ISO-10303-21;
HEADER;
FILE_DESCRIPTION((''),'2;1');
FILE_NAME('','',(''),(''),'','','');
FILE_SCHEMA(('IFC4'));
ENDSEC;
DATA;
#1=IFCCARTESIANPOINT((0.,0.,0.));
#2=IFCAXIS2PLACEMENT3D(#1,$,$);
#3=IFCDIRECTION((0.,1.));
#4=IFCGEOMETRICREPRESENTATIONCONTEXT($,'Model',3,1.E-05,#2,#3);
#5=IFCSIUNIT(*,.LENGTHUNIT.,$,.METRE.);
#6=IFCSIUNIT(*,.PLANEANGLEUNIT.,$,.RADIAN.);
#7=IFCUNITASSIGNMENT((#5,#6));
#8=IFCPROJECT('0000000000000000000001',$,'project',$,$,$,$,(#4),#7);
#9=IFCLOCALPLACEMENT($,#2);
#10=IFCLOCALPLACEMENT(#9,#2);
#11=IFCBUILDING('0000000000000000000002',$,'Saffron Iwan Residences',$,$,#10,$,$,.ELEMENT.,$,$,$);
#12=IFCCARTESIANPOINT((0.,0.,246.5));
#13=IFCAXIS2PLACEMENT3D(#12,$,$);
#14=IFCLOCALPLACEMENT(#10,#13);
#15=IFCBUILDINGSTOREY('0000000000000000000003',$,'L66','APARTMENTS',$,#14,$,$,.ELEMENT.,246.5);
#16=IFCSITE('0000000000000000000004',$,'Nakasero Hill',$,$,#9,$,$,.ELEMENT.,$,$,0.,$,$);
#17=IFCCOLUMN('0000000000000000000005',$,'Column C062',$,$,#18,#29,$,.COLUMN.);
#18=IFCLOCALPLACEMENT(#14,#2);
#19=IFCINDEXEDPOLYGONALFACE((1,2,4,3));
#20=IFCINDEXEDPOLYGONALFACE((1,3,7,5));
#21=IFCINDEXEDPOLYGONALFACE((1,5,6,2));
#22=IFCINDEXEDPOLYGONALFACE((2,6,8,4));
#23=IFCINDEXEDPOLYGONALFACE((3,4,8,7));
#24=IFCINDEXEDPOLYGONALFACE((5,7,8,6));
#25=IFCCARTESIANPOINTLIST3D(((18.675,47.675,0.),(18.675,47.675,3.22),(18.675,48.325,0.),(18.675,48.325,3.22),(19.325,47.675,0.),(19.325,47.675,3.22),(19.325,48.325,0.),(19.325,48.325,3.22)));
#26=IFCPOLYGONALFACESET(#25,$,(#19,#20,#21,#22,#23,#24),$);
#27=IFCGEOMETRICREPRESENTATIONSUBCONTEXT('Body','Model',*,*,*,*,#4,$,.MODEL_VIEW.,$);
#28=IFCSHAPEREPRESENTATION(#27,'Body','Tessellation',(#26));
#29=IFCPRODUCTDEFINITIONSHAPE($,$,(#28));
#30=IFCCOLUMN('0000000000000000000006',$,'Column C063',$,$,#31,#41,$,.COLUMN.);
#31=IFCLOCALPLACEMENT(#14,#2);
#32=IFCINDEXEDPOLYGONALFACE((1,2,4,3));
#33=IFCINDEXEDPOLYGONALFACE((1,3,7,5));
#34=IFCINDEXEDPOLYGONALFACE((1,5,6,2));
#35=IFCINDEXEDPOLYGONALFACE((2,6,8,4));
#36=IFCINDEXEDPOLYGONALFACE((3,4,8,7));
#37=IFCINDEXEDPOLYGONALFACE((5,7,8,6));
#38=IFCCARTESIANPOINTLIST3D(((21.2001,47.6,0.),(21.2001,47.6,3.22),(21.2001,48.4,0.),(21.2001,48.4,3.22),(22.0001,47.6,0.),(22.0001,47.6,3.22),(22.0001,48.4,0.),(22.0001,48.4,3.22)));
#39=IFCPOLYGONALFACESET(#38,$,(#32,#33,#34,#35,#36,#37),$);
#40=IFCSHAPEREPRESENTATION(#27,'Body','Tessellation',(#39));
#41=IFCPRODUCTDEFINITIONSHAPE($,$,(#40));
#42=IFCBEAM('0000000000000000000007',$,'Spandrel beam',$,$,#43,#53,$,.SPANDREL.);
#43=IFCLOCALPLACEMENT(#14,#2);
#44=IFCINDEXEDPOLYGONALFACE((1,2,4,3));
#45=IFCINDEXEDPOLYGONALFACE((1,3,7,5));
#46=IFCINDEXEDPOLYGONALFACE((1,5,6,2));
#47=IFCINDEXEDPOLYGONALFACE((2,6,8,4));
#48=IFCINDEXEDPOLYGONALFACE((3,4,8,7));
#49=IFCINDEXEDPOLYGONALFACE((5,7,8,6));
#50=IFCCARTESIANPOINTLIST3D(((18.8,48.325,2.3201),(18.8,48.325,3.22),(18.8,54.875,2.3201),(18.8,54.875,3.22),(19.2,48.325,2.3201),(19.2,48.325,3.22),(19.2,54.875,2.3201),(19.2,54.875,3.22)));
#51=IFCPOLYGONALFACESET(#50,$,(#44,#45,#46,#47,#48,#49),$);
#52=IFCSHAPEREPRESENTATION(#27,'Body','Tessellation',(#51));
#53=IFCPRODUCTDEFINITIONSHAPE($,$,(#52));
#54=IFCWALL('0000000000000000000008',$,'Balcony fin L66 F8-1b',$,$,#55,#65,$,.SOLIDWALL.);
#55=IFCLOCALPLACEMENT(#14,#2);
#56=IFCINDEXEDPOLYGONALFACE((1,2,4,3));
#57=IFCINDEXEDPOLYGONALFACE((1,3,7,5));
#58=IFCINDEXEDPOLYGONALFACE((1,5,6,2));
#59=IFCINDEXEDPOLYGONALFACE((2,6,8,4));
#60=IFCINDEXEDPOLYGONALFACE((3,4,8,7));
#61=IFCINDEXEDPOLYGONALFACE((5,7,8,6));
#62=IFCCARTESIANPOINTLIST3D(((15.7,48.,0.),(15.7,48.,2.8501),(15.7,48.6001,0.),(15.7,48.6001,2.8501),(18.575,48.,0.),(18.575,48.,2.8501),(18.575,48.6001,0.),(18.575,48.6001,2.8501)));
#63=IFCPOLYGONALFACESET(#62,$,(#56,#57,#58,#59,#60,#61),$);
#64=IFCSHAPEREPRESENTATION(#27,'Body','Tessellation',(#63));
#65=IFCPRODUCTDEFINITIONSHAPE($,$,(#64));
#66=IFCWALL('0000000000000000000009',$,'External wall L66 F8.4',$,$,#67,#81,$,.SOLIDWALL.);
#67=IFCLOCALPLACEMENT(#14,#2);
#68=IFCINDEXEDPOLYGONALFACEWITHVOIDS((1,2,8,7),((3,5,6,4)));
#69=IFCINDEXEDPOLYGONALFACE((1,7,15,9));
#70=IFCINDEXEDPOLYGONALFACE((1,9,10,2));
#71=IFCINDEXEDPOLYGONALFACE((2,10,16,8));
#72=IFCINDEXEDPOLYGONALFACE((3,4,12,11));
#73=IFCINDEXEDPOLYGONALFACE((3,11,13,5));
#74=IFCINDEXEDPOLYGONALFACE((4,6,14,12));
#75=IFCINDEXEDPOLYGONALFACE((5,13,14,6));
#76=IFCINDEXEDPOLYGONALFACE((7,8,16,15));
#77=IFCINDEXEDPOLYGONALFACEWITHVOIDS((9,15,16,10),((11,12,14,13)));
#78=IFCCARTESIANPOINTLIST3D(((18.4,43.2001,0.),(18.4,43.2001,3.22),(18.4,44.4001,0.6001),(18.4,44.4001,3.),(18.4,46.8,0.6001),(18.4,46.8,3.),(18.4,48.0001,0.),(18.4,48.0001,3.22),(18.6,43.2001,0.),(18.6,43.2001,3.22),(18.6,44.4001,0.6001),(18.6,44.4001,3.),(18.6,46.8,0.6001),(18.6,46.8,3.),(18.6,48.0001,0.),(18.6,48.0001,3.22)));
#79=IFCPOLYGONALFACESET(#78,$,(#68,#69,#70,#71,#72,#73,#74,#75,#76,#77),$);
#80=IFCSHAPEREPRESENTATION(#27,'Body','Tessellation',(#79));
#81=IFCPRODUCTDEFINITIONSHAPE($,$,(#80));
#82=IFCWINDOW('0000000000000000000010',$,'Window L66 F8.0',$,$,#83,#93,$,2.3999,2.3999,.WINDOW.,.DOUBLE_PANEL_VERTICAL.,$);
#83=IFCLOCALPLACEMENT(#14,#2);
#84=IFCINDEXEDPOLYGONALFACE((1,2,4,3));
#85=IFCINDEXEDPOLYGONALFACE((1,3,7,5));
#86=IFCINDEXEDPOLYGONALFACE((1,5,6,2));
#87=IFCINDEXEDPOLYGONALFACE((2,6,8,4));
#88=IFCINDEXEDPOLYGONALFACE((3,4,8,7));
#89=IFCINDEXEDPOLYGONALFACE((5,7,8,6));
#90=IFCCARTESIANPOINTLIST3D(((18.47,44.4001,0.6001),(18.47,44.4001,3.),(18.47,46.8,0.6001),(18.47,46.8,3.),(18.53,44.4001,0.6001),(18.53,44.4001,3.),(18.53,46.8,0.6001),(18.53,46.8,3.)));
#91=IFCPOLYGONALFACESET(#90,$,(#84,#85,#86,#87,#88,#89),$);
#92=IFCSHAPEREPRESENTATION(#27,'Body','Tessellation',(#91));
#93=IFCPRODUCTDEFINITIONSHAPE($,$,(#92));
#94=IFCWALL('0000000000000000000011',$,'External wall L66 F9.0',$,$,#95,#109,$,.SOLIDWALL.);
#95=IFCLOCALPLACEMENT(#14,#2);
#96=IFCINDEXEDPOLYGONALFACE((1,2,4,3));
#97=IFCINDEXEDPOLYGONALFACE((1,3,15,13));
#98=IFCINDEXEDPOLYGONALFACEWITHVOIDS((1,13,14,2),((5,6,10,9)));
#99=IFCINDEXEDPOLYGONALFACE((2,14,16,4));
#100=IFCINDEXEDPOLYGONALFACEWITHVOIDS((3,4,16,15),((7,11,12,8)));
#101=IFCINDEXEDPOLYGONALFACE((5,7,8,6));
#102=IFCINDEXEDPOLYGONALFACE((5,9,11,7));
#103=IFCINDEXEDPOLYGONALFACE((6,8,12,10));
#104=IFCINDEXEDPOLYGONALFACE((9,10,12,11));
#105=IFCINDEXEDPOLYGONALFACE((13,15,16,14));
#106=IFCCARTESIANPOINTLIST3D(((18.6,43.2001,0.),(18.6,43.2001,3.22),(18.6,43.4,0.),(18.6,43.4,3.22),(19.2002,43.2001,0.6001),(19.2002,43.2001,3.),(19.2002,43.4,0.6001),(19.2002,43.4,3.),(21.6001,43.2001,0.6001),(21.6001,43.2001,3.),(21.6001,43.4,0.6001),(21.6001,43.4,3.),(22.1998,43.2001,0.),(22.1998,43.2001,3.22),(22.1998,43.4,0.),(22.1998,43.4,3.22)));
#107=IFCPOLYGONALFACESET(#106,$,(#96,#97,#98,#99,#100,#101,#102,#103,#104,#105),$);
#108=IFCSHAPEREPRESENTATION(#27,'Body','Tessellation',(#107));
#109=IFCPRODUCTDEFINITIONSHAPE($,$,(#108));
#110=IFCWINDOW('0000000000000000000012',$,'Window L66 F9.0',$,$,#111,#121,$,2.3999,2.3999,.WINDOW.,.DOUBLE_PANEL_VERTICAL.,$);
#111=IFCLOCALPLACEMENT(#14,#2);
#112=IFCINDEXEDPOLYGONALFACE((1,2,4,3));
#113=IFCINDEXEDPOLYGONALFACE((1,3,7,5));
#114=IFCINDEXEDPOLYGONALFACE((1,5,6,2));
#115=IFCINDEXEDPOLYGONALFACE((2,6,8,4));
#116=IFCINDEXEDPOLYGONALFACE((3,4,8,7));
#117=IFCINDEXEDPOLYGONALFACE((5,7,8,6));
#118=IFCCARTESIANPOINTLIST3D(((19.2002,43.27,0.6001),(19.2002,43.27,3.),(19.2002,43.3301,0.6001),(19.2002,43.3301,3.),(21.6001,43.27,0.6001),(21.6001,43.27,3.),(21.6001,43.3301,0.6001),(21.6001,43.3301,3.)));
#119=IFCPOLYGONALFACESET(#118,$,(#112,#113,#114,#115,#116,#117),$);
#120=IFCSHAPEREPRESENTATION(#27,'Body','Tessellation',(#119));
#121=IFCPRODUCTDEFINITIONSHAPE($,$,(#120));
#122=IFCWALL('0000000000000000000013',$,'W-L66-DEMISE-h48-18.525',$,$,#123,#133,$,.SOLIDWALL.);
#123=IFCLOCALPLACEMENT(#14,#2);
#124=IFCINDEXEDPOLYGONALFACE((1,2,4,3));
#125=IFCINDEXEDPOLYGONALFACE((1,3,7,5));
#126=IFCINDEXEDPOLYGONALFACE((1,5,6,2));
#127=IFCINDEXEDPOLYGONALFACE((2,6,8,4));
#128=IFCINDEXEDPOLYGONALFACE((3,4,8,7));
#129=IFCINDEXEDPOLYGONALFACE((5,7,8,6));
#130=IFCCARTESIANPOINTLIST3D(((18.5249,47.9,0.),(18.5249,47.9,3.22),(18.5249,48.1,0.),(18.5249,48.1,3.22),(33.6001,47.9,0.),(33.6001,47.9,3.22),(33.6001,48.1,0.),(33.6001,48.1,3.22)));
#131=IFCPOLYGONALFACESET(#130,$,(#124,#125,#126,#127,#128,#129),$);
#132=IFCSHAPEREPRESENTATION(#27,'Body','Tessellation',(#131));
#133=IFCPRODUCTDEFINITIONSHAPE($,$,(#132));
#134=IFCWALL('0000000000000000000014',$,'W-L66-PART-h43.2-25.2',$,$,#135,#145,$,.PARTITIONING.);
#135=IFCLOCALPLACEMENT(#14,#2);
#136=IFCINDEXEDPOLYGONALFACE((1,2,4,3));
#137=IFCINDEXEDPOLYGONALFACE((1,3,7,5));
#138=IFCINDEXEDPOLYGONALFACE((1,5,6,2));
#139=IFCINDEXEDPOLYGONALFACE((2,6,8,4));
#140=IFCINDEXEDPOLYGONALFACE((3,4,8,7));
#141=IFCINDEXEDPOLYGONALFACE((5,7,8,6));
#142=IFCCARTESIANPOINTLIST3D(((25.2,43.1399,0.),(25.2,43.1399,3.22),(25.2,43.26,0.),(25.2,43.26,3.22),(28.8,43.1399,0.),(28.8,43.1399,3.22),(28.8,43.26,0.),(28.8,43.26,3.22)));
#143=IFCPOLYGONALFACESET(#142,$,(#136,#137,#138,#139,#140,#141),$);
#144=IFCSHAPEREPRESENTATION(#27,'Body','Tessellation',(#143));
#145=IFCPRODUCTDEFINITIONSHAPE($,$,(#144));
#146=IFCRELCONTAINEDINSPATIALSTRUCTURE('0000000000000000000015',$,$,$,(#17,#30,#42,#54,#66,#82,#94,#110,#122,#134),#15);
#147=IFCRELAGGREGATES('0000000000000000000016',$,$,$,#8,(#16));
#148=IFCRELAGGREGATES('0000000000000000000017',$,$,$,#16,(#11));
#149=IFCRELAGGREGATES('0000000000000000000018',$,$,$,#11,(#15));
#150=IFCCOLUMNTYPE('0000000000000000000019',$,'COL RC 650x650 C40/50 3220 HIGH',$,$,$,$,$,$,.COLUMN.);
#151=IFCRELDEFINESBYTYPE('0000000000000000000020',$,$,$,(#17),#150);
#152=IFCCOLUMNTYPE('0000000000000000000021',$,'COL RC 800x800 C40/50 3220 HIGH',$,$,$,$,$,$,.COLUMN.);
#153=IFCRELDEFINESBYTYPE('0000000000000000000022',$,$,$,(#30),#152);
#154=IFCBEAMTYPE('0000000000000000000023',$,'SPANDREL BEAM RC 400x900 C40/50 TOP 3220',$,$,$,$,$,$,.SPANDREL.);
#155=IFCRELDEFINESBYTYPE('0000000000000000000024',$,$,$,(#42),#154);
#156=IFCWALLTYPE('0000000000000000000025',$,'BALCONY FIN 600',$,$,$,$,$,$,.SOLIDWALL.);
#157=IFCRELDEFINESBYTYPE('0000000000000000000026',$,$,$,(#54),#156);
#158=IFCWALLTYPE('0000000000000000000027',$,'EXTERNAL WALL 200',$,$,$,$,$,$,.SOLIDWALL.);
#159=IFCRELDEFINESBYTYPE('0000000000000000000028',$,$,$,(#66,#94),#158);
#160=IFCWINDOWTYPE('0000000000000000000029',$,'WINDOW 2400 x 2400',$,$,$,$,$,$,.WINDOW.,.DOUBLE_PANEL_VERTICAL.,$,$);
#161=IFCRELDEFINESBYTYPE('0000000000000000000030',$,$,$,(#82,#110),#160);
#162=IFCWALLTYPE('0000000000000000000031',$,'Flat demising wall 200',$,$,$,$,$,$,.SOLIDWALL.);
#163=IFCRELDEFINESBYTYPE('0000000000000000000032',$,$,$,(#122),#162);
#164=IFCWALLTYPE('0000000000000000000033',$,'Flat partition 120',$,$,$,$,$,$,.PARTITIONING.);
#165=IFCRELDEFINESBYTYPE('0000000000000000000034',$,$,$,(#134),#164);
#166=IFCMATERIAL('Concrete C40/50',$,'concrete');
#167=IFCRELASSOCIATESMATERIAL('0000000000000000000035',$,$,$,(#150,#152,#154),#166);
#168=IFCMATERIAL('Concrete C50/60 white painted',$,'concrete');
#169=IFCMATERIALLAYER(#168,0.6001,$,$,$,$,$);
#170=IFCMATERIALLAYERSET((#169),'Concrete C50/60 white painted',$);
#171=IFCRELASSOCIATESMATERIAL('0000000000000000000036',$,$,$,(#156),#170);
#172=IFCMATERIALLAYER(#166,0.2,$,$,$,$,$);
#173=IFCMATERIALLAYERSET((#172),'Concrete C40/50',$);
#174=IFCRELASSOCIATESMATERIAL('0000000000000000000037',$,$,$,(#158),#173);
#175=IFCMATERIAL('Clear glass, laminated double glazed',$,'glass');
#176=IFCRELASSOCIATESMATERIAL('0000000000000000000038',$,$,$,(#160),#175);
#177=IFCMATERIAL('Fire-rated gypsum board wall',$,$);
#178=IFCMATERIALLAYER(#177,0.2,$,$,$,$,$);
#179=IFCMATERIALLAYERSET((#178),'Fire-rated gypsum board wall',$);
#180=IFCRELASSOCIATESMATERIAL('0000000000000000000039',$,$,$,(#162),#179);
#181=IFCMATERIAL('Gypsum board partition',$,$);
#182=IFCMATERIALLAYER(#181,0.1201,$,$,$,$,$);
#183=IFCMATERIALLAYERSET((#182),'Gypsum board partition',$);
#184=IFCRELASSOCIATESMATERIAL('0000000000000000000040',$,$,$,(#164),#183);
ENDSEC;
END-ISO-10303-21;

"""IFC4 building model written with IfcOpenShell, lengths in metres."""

from ifc_helpers import new_model, si_unit, direction, frame, frame_2d, origin, origin_2d, place, context, subcontext, project, spatial, rectangle, extrude, source, transform, mapped, material, layer, layer_set, material_profile, profile_set, type_object, element, fill, save


model = new_model("IFC4")

# Units and contexts
model_context = context("Model", 3, precision=1e-05, world=origin(), true_north=direction((0.0, 1.0)))
body_context = subcontext(model_context, "Body", "Model", "MODEL_VIEW")
ifc_project = project(units=[si_unit("LENGTHUNIT", "METRE"), si_unit("PLANEANGLEUNIT", "RADIAN")], contexts=[model_context])

# Site, building, storey
site_placement = place(None, origin())
site = spatial("IfcSite", under=ifc_project, at=site_placement, Name="Nakasero Hill", CompositionType="ELEMENT", RefElevation=0.0)
building_placement = place(site_placement, origin())
building = spatial("IfcBuilding", under=site, at=building_placement, Name="Saffron Iwan Residences", CompositionType="ELEMENT")
storey_placement = place(building_placement, frame((0.0, 0.0, 246.5)))
storey = spatial("IfcBuildingStorey", under=building, at=storey_placement, Name="L66", Description="APARTMENTS", CompositionType="ELEMENT", Elevation=246.5)

# Columns
ifc_material_1 = material(Name="Concrete C40/50", Category="concrete")
ifc_material_profile_1 = material_profile(ifc_material_1, rectangle(XDim=0.6499, YDim=0.6499, at=origin_2d()), Name="RC 650x650")
ifc_profile_set_1 = profile_set([ifc_material_profile_1], Name="Concrete C40/50")
column_type_1 = type_object("IfcColumnType", Name="COL RC 650x650 C40/50 3220 HIGH", PredefinedType="COLUMN", material=ifc_profile_set_1)
shared_shape_1 = source(origin(), body_context, "Body", "SweptSolid", [
    extrude(rectangle(XDim=0.6499, YDim=0.6499, at=origin_2d()), origin(), (0.0, 0.0, 1.0), 3.22),
])
column_1_placement = place(storey_placement, frame((19.0, 48.0, 0.0), z_axis=(0.0, 0.0, 1.0), x_axis=(1.0, 0.0, 0.0)))
element("IfcColumn", 1, at=column_1_placement, inside=storey, type_object=column_type_1, Name="Column C062", PredefinedType="COLUMN", context=body_context, shape_type="MappedRepresentation", body=[
    mapped(shared_shape_1, transform((0.0, 0.0, 0.0))),
])
ifc_material_profile_2 = material_profile(ifc_material_1, rectangle(XDim=0.8, YDim=0.8, at=origin_2d()), Name="RC 800x800")
ifc_profile_set_2 = profile_set([ifc_material_profile_2], Name="Concrete C40/50")
column_type_2 = type_object("IfcColumnType", Name="COL RC 800x800 C40/50 3220 HIGH", PredefinedType="COLUMN", material=ifc_profile_set_2)
shared_shape_2 = source(origin(), body_context, "Body", "SweptSolid", [
    extrude(rectangle(XDim=0.8, YDim=0.8, at=origin_2d()), origin(), (0.0, 0.0, 1.0), 3.22),
])
column_2_placement = place(storey_placement, frame((21.6001, 48.0, 0.0), z_axis=(0.0, 0.0, 1.0), x_axis=(1.0, 0.0, 0.0)))
element("IfcColumn", 2, at=column_2_placement, inside=storey, type_object=column_type_2, Name="Column C063", PredefinedType="COLUMN", context=body_context, shape_type="MappedRepresentation", body=[
    mapped(shared_shape_2, transform((0.0, 0.0, 0.0))),
])

# Beam
ifc_material_profile_3 = material_profile(ifc_material_1, rectangle(XDim=0.3999, YDim=0.8999, at=origin_2d()), Name="RC 400x900")
ifc_profile_set_3 = profile_set([ifc_material_profile_3], Name="Concrete C40/50")
beam_type = type_object("IfcBeamType", Name="SPANDREL BEAM RC 400x900 C40/50 TOP 3220", PredefinedType="SPANDREL", material=ifc_profile_set_3)
shared_shape_3 = source(origin(), body_context, "Body", "SweptSolid", [
    extrude(rectangle(XDim=0.3999, YDim=0.8999, at=origin_2d()), origin(), (0.0, 0.0, 1.0), 6.55),
])
beam_placement = place(storey_placement, frame((19.0, 48.325, 2.77), z_axis=(0.0, 1.0, 0.0), x_axis=(-1.0, 0.0, 0.0)))
element("IfcBeam", 3, at=beam_placement, inside=storey, type_object=beam_type, Name="Spandrel beam", PredefinedType="SPANDREL", context=body_context, shape_type="MappedRepresentation", body=[
    mapped(shared_shape_3, transform((0.0, 0.0, 0.0))),
])

# Wall
ifc_material_2 = material(Name="Concrete C50/60 white painted", Category="concrete")
ifc_layer_1 = layer(ifc_material_2, 0.6001)
ifc_layer_set_1 = layer_set([ifc_layer_1], Name="Concrete C50/60 white painted")
wall_type_1 = type_object("IfcWallType", Name="BALCONY FIN 600", PredefinedType="SOLIDWALL", material=ifc_layer_set_1)
wall_1_placement = place(storey_placement, frame((18.575, 48.3, 0.0), z_axis=(0.0, 0.0, 1.0), x_axis=(-1.0, 0.0, 0.0)))
element("IfcWall", 4, at=wall_1_placement, inside=storey, type_object=wall_type_1, Name="Balcony fin L66 F8-1b", PredefinedType="SOLIDWALL", context=body_context, shape_type="SweptSolid", body=[
    extrude(rectangle(XDim=2.875, YDim=0.6001, at=frame_2d((1.4375, 0.0))), origin(), (0.0, 0.0, 1.0), 2.8501),
])

# Walls, openings, windows
ifc_layer_2 = layer(ifc_material_1, 0.2)
ifc_layer_set_2 = layer_set([ifc_layer_2], Name="Concrete C40/50")
wall_type_2 = type_object("IfcWallType", Name="EXTERNAL WALL 200", PredefinedType="SOLIDWALL", material=ifc_layer_set_2)
wall_2_placement = place(storey_placement, frame((18.5, 48.0, 0.0), z_axis=(0.0, 0.0, 1.0), x_axis=(0.0, -1.0, 0.0)))
wall_2 = element("IfcWall", 5, at=wall_2_placement, inside=storey, type_object=wall_type_2, Name="External wall L66 F8.4", PredefinedType="SOLIDWALL", context=body_context, shape_type="SweptSolid", body=[
    extrude(rectangle(XDim=4.8, YDim=0.2, at=frame_2d((2.3999, 0.0))), origin(), (0.0, 0.0, 1.0), 3.22),
])
opening_1_placement = place(wall_2_placement, frame((1.2, 0.0, 0.6001)))
opening_1 = element("IfcOpeningElement", 6, at=opening_1_placement, cuts=wall_2, PredefinedType="OPENING", context=body_context, shape_type="SweptSolid", body=[
    extrude(rectangle(XDim=2.3999, YDim=2.3999, at=frame_2d((1.2, 1.2))), frame((0.0, 0.1099, 0.0), z_axis=(0.0, -1.0, 0.0), x_axis=(1.0, 0.0, 0.0)), (0.0, 0.0, 1.0), 0.22),
])
ifc_material_3 = material(Name="Clear glass, laminated double glazed", Category="glass")
window_type = type_object("IfcWindowType", Name="WINDOW 2400 x 2400", PartitioningType="DOUBLE_PANEL_VERTICAL", PredefinedType="WINDOW", material=ifc_material_3)
window_1_placement = place(opening_1_placement, origin())
window_1 = element("IfcWindow", 7, at=window_1_placement, inside=storey, type_object=window_type, Name="Window L66 F8.0", OverallHeight=2.3999, OverallWidth=2.3999, PartitioningType="DOUBLE_PANEL_VERTICAL", PredefinedType="WINDOW", context=body_context, shape_type="SweptSolid", body=[
    extrude(rectangle(XDim=2.3999, YDim=2.3999, at=frame_2d((1.2, 1.2))), frame((0.0, 0.03, 0.0), z_axis=(0.0, -1.0, 0.0), x_axis=(1.0, 0.0, 0.0)), (0.0, 0.0, 1.0), 0.0601),
])
fill(opening_1, window_1)
wall_3_placement = place(storey_placement, frame((18.6001, 43.3, 0.0), z_axis=(0.0, 0.0, 1.0), x_axis=(1.0, 0.0, 0.0)))
wall_3 = element("IfcWall", 8, at=wall_3_placement, inside=storey, type_object=wall_type_2, Name="External wall L66 F9.0", PredefinedType="SOLIDWALL", context=body_context, shape_type="SweptSolid", body=[
    extrude(rectangle(XDim=3.5999, YDim=0.2, at=frame_2d((1.7998, 0.0))), origin(), (0.0, 0.0, 1.0), 3.22),
])
opening_2_placement = place(wall_3_placement, frame((0.6001, 0.0, 0.6001)))
opening_2 = element("IfcOpeningElement", 9, at=opening_2_placement, cuts=wall_3, PredefinedType="OPENING", context=body_context, shape_type="SweptSolid", body=[
    extrude(rectangle(XDim=2.3999, YDim=2.3999, at=frame_2d((1.2, 1.2))), frame((0.0, 0.1099, 0.0), z_axis=(0.0, -1.0, 0.0), x_axis=(1.0, 0.0, 0.0)), (0.0, 0.0, 1.0), 0.22),
])
window_2_placement = place(opening_2_placement, origin())
window_2 = element("IfcWindow", 10, at=window_2_placement, inside=storey, type_object=window_type, Name="Window L66 F9.0", OverallHeight=2.3999, OverallWidth=2.3999, PartitioningType="DOUBLE_PANEL_VERTICAL", PredefinedType="WINDOW", context=body_context, shape_type="SweptSolid", body=[
    extrude(rectangle(XDim=2.3999, YDim=2.3999, at=frame_2d((1.2, 1.2))), frame((0.0, 0.03, 0.0), z_axis=(0.0, -1.0, 0.0), x_axis=(1.0, 0.0, 0.0)), (0.0, 0.0, 1.0), 0.0601),
])
fill(opening_2, window_2)

# Walls
ifc_material_4 = material(Name="Fire-rated gypsum board wall")
ifc_layer_3 = layer(ifc_material_4, 0.2)
ifc_layer_set_3 = layer_set([ifc_layer_3], Name="Fire-rated gypsum board wall")
wall_type_3 = type_object("IfcWallType", Name="Flat demising wall 200", PredefinedType="SOLIDWALL", material=ifc_layer_set_3)
wall_4_placement = place(storey_placement, frame((18.5249, 48.0, 0.0), z_axis=(0.0, 0.0, 1.0), x_axis=(1.0, 0.0, 0.0)))
element("IfcWall", 11, at=wall_4_placement, inside=storey, type_object=wall_type_3, Name="W-L66-DEMISE-h48-18.525", PredefinedType="SOLIDWALL", context=body_context, shape_type="SweptSolid", body=[
    extrude(rectangle(XDim=15.0752, YDim=0.2, at=frame_2d((7.5376, 0.0))), origin(), (0.0, 0.0, 1.0), 3.22),
])
ifc_material_5 = material(Name="Gypsum board partition")
ifc_layer_4 = layer(ifc_material_5, 0.1201)
ifc_layer_set_4 = layer_set([ifc_layer_4], Name="Gypsum board partition")
wall_type_4 = type_object("IfcWallType", Name="Flat partition 120", PredefinedType="PARTITIONING", material=ifc_layer_set_4)
wall_5_placement = place(storey_placement, frame((25.2, 43.2, 0.0), z_axis=(0.0, 0.0, 1.0), x_axis=(1.0, 0.0, 0.0)))
element("IfcWall", 12, at=wall_5_placement, inside=storey, type_object=wall_type_4, Name="W-L66-PART-h43.2-25.2", PredefinedType="PARTITIONING", context=body_context, shape_type="SweptSolid", body=[
    extrude(rectangle(XDim=3.6001, YDim=0.1201, at=frame_2d((1.8, 0.0))), origin(), (0.0, 0.0, 1.0), 3.22),
])

save(model, "model.ifc")
